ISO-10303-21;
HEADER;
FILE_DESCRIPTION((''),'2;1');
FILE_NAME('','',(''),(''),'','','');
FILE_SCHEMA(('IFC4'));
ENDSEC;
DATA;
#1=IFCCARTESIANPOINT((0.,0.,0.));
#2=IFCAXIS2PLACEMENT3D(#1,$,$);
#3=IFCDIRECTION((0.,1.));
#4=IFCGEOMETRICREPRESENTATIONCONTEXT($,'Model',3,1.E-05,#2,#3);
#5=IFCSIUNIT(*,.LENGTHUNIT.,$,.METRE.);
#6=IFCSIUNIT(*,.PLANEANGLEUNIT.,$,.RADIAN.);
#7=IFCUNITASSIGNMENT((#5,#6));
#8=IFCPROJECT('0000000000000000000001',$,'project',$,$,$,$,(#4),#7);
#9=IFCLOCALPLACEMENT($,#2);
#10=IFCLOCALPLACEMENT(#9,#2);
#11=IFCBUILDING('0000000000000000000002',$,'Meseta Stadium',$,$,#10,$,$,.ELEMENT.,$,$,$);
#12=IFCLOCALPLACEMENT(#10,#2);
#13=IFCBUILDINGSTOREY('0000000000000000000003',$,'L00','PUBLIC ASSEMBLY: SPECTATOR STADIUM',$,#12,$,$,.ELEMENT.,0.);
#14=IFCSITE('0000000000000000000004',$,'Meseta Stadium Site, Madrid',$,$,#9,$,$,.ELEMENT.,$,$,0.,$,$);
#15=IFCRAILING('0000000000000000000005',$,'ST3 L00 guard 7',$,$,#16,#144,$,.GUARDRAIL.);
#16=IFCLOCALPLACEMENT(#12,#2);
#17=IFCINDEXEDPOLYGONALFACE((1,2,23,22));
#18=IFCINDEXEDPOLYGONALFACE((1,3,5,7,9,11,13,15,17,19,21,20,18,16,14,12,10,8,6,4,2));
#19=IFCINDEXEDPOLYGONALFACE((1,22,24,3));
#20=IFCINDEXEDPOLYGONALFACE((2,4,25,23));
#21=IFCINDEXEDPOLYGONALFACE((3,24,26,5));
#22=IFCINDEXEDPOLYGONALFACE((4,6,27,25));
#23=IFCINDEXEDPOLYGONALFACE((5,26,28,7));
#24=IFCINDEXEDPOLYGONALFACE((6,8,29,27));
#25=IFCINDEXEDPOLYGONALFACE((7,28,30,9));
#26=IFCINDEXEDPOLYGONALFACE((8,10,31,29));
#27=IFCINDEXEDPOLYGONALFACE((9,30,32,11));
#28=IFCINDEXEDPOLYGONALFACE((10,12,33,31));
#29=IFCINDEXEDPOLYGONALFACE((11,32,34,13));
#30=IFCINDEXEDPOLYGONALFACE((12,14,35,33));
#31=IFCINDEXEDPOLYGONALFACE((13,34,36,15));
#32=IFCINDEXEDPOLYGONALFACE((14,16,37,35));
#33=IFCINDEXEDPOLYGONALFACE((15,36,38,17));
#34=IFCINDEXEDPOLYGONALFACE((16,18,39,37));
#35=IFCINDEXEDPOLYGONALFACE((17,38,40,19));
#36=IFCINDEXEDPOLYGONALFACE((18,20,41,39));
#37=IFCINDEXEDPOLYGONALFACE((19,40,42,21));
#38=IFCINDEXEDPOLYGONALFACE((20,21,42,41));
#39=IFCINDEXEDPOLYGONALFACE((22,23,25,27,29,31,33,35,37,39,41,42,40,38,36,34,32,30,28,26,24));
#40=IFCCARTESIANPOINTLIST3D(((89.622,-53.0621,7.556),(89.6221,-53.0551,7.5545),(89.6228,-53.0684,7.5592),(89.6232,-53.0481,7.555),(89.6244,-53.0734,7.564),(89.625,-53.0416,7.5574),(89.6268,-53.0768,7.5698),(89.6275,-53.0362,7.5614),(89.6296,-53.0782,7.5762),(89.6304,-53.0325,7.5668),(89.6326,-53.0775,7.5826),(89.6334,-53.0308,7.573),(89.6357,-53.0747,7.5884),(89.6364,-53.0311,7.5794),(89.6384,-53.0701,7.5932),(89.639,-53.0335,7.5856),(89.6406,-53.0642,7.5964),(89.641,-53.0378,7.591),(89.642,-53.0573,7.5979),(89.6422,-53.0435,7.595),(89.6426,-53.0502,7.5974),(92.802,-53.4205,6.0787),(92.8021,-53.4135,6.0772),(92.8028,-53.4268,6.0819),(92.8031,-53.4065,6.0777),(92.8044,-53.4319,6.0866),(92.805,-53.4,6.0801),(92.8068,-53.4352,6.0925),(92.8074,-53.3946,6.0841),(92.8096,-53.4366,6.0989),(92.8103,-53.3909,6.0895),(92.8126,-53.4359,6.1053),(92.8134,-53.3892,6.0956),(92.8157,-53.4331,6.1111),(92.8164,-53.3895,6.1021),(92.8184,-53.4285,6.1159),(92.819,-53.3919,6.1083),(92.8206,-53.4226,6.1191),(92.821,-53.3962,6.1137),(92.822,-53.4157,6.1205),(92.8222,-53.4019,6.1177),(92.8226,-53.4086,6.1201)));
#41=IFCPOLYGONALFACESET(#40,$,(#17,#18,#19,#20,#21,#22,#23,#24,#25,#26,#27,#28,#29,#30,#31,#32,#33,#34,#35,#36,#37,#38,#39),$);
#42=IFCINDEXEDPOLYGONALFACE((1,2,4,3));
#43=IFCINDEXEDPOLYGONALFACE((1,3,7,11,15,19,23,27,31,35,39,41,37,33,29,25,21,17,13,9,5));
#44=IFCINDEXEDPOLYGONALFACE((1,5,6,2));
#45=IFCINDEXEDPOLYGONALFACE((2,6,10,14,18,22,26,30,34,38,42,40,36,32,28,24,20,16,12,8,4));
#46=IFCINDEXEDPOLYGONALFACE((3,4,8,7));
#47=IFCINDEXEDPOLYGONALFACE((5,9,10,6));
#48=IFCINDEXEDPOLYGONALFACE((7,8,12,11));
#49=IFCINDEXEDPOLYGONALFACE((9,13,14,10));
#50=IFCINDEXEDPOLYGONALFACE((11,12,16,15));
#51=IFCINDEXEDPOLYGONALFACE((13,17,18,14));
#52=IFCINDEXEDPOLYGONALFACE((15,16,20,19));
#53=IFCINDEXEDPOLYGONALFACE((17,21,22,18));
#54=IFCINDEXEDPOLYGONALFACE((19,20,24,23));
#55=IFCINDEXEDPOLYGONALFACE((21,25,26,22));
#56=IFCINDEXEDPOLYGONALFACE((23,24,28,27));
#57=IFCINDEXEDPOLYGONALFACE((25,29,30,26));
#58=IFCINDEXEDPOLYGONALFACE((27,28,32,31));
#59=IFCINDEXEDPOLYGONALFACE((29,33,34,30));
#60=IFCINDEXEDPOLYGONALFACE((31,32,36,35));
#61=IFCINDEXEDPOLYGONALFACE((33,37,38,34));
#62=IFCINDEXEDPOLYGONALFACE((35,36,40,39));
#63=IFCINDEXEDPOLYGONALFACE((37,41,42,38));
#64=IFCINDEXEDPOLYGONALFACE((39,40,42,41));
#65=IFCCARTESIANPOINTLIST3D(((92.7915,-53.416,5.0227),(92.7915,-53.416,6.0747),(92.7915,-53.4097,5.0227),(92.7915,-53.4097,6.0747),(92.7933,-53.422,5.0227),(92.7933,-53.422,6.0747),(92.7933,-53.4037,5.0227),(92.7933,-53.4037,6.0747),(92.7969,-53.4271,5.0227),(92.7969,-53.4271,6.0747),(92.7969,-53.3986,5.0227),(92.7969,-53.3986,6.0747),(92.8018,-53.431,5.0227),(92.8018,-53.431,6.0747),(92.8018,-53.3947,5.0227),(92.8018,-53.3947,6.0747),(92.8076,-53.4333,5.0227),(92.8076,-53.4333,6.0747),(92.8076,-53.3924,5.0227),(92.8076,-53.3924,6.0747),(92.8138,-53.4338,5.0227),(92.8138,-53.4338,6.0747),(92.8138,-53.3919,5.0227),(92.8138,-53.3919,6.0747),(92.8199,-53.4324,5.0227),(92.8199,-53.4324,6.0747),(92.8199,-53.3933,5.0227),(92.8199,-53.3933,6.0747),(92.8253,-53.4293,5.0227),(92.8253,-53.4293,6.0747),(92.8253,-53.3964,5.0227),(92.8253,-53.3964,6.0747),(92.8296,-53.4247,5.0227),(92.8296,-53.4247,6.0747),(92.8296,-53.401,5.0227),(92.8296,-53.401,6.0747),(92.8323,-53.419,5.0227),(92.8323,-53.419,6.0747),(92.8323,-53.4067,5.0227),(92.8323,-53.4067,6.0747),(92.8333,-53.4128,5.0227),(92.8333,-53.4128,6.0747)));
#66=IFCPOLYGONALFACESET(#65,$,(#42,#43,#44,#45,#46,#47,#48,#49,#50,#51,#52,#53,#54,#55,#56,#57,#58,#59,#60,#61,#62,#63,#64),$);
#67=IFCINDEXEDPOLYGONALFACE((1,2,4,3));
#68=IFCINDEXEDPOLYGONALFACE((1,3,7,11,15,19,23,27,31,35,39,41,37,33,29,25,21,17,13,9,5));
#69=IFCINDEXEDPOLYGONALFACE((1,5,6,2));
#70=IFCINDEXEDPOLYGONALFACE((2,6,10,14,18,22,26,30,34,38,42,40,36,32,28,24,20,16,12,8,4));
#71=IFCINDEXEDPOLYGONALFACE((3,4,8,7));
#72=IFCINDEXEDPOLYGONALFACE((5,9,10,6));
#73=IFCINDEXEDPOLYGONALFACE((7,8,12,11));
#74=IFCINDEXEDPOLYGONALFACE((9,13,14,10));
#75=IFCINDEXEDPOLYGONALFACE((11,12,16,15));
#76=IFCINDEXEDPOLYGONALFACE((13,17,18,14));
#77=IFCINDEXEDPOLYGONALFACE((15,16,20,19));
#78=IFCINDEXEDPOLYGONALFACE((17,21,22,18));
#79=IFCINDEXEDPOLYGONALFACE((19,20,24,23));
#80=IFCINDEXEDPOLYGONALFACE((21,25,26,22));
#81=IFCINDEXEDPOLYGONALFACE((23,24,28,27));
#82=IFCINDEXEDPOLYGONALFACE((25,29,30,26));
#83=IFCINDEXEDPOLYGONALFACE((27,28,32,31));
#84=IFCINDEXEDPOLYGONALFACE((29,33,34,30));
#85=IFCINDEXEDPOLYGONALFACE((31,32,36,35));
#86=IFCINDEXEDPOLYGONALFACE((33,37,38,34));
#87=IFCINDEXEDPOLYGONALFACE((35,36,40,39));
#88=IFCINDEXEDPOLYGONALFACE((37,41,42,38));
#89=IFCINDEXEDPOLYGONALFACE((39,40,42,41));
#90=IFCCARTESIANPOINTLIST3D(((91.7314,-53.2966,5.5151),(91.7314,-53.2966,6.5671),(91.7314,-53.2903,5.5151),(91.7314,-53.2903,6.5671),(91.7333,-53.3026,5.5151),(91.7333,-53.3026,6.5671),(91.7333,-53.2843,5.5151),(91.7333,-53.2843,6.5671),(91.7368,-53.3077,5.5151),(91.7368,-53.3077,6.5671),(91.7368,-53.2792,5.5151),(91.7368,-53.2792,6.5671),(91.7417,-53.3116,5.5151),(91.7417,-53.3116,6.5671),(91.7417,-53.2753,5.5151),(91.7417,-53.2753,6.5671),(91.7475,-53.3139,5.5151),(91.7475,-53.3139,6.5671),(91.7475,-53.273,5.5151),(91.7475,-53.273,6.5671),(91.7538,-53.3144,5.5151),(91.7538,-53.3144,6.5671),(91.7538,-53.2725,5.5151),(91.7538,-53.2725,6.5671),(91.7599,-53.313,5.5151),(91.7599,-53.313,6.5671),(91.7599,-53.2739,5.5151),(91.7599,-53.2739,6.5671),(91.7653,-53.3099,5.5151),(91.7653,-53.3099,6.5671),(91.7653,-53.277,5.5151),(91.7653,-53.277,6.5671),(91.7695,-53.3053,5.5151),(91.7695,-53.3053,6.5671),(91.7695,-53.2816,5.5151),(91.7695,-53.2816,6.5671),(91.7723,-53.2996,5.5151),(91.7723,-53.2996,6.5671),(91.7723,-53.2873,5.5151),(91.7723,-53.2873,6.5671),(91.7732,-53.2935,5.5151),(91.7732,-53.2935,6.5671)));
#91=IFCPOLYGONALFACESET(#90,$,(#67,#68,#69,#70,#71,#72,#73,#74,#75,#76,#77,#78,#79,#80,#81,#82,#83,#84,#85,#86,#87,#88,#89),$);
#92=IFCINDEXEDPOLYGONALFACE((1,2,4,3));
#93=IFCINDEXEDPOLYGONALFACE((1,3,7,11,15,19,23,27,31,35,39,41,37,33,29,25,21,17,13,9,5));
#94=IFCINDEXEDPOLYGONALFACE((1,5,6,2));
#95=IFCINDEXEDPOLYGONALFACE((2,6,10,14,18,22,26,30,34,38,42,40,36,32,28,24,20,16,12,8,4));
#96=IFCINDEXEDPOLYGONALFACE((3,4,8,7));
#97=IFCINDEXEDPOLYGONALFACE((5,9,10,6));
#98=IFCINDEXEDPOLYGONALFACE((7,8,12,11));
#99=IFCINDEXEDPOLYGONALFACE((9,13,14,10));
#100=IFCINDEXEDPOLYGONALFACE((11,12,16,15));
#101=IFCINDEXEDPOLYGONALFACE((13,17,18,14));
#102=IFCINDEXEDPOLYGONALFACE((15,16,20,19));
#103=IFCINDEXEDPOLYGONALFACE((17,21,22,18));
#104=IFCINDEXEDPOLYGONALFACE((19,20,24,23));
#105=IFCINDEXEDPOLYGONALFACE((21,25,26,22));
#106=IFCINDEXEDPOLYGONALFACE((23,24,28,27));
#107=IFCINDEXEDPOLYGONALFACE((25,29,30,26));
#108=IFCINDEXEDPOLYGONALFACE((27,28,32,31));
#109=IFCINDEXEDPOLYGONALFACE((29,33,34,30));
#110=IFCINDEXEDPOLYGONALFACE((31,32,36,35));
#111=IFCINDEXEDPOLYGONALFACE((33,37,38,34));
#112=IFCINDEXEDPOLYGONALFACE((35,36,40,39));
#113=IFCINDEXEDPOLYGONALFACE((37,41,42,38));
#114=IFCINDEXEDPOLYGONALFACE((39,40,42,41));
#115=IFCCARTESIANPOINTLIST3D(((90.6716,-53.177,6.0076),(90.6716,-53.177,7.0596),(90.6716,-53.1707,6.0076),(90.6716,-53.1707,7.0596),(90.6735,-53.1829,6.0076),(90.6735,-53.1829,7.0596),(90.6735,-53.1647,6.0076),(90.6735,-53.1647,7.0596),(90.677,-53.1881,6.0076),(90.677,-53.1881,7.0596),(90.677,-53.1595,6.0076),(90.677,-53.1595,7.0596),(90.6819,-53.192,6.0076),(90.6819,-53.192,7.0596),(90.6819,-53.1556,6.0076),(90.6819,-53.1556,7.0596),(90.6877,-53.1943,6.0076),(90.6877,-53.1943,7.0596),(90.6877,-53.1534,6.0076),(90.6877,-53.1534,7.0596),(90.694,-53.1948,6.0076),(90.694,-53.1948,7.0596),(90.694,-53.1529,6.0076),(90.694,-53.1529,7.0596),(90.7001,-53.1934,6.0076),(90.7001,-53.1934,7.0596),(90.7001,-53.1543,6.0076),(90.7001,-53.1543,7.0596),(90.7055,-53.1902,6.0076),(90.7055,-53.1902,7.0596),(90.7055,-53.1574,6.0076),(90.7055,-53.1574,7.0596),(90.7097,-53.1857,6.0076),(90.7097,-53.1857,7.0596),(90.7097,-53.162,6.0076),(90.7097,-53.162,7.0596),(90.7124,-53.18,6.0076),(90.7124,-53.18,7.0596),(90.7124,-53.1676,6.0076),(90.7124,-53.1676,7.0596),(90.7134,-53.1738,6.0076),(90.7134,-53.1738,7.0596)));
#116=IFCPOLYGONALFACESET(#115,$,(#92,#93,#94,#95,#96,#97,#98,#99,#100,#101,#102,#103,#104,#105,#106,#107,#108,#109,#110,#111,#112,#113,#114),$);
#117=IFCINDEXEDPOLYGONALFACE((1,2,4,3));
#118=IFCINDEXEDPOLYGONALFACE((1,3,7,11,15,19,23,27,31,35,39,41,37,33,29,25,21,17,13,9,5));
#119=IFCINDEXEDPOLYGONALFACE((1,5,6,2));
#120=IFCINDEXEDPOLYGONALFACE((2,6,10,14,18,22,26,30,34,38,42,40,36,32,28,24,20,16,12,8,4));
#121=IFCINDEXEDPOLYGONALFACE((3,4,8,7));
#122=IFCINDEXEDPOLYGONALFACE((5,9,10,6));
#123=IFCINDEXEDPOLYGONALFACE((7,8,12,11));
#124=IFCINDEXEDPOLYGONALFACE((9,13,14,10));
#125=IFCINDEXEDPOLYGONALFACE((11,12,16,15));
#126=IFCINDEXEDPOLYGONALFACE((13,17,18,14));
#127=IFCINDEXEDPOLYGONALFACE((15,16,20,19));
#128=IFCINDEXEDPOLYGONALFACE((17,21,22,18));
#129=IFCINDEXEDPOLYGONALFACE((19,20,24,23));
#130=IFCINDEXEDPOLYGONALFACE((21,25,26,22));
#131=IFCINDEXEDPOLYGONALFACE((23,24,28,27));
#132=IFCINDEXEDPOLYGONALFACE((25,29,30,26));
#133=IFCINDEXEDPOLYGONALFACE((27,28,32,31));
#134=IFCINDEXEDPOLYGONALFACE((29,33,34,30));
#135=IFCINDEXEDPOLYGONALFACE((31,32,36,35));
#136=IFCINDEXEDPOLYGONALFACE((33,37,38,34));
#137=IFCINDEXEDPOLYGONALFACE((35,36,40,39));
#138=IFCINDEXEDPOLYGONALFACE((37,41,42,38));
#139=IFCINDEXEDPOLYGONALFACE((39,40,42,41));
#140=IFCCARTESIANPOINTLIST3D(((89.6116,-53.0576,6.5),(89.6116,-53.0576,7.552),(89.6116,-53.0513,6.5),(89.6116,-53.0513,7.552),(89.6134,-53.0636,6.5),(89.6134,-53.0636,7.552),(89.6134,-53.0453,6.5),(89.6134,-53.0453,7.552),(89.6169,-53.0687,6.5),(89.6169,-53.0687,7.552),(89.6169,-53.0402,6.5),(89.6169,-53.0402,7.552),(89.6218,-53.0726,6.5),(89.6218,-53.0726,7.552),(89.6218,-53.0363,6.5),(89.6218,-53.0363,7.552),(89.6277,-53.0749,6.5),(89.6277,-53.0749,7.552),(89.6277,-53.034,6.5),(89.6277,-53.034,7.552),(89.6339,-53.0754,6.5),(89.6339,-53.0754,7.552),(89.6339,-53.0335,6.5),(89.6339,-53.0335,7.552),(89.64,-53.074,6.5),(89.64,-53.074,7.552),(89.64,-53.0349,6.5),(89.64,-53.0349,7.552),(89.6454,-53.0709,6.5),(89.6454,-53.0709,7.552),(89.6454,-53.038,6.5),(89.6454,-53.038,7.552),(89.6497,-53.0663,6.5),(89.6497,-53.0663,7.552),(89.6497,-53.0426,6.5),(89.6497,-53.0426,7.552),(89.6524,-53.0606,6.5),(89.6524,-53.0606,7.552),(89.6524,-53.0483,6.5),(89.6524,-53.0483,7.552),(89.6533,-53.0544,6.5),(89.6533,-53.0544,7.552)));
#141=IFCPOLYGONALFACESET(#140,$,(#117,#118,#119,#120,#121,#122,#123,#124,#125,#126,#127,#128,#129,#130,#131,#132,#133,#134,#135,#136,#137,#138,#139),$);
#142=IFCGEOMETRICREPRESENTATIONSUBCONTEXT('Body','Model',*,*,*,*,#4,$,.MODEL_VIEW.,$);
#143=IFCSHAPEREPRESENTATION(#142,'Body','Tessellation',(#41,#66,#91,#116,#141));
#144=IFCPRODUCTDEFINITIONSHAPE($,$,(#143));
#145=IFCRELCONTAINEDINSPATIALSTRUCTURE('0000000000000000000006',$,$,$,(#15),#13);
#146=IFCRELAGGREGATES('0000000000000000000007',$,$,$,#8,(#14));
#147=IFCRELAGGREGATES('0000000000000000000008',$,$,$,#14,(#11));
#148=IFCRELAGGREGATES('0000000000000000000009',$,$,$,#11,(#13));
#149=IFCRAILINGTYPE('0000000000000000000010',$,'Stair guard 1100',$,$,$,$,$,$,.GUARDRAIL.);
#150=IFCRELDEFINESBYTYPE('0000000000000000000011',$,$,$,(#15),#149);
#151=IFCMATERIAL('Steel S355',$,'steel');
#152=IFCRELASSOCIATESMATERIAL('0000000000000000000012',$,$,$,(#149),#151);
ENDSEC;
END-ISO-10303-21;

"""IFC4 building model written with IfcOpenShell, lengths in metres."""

from ifc_helpers import new_model, si_unit, direction, frame, origin, origin_2d, place, context, subcontext, project, spatial, circle, extrude, material, type_object, element, save


model = new_model("IFC4")

# Units and contexts
model_context = context("Model", 3, precision=1e-05, world=origin(), true_north=direction((0.0, 1.0)))
body_context = subcontext(model_context, "Body", "Model", "MODEL_VIEW")
ifc_project = project(units=[si_unit("LENGTHUNIT", "METRE"), si_unit("PLANEANGLEUNIT", "RADIAN")], contexts=[model_context])

# Site, building, storey
site_placement = place(None, origin())
site = spatial("IfcSite", under=ifc_project, at=site_placement, Name="Meseta Stadium Site, Madrid", CompositionType="ELEMENT", RefElevation=0.0)
building_placement = place(site_placement, origin())
building = spatial("IfcBuilding", under=site, at=building_placement, Name="Meseta Stadium", CompositionType="ELEMENT")
storey_placement = place(building_placement, origin())
storey = spatial("IfcBuildingStorey", under=building, at=storey_placement, Name="L00", Description="PUBLIC ASSEMBLY: SPECTATOR STADIUM", CompositionType="ELEMENT", Elevation=0.0)

# Railing
ifc_material_1 = material(Name="Steel S355", Category="steel")
railing_type_1 = type_object("IfcRailingType", Name="Stair guard 1100", PredefinedType="GUARDRAIL", material=ifc_material_1)
railing_1_placement = place(storey_placement, frame((92.8123, -53.4128, 5.0227)))
element("IfcRailing", 1, at=railing_1_placement, inside=storey, type_object=railing_type_1, Name="ST3 L00 guard 7", PredefinedType="GUARDRAIL", context=body_context, shape_type="SweptSolid", body=[
    extrude(circle(Radius=0.0239, at=origin_2d()), frame((0.0, 0.0, 1.0762), z_axis=(-0.90221, 0.101685, 0.419138), x_axis=(-0.111997, -0.993709, 0.0)), (0.0, 0.0, 1.0), 3.5247),
    extrude(circle(Radius=0.021, at=origin_2d()), origin(), (0.0, 0.0, 1.0), 1.052),
    extrude(circle(Radius=0.021, at=origin_2d()), frame((-1.0601, 0.1194, 0.4924)), (0.0, 0.0, 1.0), 1.052),
    extrude(circle(Radius=0.021, at=origin_2d()), frame((-2.1199, 0.239, 0.9849)), (0.0, 0.0, 1.0), 1.052),
    extrude(circle(Radius=0.021, at=origin_2d()), frame((-3.1799, 0.3584, 1.4773)), (0.0, 0.0, 1.0), 1.052),
])

save(model, "model.ifc")
